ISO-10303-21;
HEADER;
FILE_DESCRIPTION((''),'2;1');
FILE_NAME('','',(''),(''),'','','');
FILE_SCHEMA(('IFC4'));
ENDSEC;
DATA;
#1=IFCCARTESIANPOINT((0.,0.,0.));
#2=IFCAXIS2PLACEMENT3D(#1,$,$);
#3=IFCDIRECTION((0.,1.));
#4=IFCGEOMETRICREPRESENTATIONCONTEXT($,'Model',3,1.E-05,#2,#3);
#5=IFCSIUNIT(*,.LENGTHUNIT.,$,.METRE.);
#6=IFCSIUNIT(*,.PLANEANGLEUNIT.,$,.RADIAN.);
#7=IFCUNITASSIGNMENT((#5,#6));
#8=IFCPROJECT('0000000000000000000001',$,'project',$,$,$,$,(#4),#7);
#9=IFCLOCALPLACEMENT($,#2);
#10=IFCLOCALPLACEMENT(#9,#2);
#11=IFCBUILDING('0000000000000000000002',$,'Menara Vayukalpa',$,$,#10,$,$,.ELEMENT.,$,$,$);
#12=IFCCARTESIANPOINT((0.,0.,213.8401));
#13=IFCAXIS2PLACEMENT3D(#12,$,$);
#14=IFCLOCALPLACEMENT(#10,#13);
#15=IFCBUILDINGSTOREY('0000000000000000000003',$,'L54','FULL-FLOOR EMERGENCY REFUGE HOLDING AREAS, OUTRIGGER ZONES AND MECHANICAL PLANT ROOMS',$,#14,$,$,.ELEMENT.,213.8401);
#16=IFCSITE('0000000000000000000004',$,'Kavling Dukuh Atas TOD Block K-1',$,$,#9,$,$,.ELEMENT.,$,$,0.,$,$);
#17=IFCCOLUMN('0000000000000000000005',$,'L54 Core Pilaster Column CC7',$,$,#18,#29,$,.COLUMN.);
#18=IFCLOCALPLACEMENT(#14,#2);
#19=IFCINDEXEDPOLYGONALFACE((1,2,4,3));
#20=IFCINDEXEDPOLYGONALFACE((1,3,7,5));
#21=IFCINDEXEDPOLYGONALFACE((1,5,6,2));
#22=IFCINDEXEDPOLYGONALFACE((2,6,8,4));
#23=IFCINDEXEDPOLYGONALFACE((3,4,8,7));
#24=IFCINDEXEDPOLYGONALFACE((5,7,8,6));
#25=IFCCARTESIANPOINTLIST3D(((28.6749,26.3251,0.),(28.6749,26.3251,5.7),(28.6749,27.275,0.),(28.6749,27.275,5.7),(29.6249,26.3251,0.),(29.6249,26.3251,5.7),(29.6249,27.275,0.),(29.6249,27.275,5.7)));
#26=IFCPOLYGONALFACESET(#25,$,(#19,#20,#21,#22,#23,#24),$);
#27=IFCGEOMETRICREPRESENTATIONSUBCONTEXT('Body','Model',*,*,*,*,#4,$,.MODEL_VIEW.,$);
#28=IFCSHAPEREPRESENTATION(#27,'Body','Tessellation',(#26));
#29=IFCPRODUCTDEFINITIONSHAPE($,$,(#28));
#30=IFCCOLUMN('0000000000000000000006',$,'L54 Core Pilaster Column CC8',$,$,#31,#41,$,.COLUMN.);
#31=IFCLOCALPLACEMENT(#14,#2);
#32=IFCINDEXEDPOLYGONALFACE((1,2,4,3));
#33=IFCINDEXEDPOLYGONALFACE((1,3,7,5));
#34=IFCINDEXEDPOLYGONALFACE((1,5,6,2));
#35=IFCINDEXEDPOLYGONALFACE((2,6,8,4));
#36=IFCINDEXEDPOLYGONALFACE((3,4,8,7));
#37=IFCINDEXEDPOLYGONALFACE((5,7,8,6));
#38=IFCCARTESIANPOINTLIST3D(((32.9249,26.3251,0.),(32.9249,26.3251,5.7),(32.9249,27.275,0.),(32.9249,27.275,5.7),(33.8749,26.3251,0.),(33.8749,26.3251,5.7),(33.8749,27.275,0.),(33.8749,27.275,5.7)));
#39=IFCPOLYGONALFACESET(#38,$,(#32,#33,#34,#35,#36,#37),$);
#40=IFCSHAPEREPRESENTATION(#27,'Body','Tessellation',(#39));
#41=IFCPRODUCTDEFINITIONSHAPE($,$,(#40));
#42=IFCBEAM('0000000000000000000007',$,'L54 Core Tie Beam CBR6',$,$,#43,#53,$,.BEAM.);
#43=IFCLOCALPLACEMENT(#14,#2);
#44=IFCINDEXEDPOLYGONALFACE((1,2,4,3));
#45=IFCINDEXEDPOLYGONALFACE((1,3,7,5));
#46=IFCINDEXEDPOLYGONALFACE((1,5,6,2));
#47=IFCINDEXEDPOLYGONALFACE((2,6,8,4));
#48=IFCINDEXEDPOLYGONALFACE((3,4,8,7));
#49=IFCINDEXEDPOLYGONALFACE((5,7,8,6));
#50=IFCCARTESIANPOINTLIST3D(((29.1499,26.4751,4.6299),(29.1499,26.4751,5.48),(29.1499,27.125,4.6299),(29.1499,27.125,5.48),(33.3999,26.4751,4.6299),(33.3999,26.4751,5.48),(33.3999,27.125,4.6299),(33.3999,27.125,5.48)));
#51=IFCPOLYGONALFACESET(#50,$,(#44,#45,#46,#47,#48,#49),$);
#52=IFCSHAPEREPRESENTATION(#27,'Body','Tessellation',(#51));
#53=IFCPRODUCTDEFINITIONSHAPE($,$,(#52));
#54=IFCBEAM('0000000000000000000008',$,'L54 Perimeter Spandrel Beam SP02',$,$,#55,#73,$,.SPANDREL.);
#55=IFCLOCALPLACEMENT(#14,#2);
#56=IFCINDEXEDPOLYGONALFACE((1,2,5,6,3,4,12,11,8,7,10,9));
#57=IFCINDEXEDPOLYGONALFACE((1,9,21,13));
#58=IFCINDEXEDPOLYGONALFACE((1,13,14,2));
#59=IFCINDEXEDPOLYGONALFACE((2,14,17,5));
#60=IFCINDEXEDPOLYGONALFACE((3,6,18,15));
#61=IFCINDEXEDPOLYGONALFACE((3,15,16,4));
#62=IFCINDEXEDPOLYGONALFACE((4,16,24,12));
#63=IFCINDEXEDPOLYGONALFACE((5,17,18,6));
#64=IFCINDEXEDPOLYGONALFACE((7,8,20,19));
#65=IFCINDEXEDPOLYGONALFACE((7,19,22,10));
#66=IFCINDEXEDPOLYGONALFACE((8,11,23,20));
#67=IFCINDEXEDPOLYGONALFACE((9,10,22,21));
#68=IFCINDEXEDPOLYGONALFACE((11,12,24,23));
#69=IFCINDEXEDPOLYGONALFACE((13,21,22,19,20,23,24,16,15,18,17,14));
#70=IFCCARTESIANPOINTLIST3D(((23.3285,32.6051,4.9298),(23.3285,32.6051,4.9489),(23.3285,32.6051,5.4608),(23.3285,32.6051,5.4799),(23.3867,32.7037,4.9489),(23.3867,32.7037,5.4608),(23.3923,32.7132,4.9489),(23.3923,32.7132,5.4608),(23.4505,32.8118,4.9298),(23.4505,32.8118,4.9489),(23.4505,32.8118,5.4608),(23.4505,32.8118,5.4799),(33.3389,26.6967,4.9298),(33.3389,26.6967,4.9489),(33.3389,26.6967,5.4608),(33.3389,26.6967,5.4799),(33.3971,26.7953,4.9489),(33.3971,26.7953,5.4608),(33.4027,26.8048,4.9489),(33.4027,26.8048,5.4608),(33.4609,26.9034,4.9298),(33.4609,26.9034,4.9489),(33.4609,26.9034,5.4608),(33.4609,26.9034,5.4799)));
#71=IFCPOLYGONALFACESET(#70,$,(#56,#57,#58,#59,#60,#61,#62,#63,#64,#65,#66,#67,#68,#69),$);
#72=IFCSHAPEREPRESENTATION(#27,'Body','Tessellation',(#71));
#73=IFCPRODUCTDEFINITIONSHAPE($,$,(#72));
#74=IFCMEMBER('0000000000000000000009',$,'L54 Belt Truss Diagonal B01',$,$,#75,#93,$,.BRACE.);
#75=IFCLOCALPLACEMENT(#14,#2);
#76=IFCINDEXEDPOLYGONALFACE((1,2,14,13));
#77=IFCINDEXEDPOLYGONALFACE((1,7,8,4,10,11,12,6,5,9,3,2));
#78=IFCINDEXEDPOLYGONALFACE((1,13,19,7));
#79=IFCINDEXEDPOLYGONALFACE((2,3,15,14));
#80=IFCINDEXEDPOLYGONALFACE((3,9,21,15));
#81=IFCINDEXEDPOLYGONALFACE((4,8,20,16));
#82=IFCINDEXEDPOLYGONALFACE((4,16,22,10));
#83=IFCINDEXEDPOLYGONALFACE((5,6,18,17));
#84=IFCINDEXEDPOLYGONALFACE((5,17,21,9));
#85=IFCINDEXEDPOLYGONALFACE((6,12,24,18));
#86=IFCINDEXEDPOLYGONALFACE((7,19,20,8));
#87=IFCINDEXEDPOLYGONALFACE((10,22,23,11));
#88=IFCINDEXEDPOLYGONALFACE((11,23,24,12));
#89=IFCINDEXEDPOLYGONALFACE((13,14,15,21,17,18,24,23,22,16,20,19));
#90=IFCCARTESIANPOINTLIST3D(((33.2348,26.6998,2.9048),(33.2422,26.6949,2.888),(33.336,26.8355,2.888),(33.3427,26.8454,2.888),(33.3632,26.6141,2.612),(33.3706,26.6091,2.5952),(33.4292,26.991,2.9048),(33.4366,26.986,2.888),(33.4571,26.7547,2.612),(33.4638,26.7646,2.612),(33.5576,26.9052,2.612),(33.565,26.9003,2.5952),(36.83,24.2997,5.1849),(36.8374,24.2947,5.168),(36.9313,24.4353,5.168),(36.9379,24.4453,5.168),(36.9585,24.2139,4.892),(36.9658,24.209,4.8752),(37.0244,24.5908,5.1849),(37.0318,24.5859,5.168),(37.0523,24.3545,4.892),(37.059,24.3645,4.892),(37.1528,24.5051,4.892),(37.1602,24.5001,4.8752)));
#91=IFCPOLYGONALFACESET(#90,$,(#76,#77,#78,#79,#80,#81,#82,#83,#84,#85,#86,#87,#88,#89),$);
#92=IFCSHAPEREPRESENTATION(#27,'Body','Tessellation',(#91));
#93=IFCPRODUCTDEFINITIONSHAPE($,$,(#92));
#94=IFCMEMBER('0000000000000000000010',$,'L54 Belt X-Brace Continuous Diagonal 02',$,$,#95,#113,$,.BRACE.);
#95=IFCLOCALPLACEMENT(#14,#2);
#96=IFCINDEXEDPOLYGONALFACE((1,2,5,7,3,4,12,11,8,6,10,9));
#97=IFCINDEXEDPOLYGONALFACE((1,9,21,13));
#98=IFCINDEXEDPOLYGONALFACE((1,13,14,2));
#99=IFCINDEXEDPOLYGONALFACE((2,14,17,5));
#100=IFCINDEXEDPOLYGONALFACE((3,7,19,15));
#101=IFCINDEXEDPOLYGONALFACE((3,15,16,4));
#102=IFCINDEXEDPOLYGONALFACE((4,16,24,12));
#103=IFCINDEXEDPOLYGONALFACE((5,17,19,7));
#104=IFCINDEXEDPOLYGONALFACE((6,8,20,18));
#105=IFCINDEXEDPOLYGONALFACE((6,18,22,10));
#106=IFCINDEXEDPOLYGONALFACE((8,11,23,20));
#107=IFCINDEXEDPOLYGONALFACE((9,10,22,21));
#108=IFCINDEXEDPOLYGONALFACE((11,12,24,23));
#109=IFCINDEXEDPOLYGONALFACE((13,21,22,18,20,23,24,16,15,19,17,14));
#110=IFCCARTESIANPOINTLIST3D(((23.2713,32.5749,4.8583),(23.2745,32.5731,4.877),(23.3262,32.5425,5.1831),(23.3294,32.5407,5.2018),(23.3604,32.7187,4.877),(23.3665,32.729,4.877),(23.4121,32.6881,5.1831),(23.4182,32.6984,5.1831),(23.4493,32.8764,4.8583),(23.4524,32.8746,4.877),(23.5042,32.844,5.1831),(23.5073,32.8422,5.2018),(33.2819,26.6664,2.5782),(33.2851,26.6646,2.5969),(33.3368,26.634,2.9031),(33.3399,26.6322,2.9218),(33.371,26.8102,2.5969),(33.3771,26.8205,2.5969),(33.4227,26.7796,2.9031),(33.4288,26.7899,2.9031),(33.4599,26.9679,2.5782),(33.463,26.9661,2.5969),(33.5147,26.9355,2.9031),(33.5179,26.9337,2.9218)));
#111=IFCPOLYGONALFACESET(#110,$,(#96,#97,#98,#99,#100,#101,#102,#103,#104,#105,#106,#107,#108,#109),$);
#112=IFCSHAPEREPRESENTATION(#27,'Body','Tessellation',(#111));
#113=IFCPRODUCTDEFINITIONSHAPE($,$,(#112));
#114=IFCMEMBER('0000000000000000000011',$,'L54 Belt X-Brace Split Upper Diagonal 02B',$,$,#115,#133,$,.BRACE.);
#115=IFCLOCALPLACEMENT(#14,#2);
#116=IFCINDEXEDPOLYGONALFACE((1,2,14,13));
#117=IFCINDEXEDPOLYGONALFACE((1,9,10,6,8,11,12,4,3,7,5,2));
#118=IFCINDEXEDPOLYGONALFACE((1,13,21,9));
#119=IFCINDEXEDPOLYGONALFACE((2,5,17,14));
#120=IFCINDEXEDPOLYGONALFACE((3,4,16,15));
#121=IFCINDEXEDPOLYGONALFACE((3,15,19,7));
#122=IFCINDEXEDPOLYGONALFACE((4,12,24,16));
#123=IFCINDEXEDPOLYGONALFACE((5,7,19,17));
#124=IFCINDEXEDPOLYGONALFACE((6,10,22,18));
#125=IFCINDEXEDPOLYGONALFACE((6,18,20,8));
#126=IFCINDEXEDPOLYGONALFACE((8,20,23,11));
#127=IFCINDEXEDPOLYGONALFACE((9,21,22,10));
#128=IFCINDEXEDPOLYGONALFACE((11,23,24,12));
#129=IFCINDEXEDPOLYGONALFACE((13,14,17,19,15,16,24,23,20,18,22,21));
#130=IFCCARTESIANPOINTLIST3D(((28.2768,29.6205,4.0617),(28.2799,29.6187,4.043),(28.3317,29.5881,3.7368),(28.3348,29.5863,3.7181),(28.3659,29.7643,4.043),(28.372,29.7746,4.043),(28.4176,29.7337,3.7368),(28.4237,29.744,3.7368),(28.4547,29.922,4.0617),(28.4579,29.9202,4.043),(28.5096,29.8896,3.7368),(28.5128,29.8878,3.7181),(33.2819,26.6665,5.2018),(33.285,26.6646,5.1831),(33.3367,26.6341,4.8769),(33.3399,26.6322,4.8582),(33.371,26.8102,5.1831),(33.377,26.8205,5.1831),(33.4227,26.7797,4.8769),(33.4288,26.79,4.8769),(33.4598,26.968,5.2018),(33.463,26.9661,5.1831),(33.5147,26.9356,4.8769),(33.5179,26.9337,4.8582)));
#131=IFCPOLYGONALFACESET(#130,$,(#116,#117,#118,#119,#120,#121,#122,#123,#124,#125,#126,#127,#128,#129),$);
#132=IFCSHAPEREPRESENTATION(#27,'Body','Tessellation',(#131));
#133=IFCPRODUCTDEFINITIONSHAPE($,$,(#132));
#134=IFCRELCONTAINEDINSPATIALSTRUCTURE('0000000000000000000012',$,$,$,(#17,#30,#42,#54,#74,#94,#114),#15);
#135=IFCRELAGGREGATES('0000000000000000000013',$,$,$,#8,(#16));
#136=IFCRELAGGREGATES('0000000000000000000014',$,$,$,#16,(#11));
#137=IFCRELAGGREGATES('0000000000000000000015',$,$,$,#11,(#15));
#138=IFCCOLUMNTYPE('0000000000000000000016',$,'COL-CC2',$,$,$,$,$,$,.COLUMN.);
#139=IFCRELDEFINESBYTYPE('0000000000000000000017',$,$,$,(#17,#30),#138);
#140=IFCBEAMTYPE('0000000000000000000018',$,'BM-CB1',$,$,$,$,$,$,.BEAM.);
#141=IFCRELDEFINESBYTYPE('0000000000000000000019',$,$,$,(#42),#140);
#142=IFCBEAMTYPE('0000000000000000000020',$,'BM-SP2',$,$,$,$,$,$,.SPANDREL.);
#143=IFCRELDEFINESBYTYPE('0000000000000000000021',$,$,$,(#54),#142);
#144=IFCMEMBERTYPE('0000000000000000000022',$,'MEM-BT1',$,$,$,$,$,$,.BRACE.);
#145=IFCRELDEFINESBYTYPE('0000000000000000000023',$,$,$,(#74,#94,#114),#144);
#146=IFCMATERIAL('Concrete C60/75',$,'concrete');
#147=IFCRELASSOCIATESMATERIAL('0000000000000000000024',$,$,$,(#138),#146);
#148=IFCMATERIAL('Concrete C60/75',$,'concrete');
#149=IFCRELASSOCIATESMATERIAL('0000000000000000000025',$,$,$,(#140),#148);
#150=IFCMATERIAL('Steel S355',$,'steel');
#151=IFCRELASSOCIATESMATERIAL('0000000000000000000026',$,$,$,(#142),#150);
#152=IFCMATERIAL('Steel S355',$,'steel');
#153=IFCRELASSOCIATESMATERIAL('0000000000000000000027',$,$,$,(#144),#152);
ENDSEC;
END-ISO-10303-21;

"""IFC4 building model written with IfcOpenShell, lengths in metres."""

from ifc_helpers import new_model, si_unit, direction, frame, origin, origin_2d, place, context, subcontext, project, spatial, rectangle, i_section, extrude, material, material_profile, profile_set, type_object, element, save


model = new_model("IFC4")

# Units and contexts
model_context = context("Model", 3, precision=1e-05, world=origin(), true_north=direction((0.0, 1.0)))
body_context = subcontext(model_context, "Body", "Model", "MODEL_VIEW")
ifc_project = project(units=[si_unit("LENGTHUNIT", "METRE"), si_unit("PLANEANGLEUNIT", "RADIAN")], contexts=[model_context])

# Site, building, storey
site_placement = place(None, origin())
site = spatial("IfcSite", under=ifc_project, at=site_placement, Name="Kavling Dukuh Atas TOD Block K-1", CompositionType="ELEMENT", RefElevation=0.0)
building_placement = place(site_placement, origin())
building = spatial("IfcBuilding", under=site, at=building_placement, Name="Menara Vayukalpa", CompositionType="ELEMENT")
storey_placement = place(building_placement, frame((0.0, 0.0, 213.8401)))
storey = spatial("IfcBuildingStorey", under=building, at=storey_placement, Name="L54", Description="FULL-FLOOR EMERGENCY REFUGE HOLDING AREAS, OUTRIGGER ZONES AND MECHANICAL PLANT ROOMS", CompositionType="ELEMENT", Elevation=213.8401)

# Columns
ifc_material_1 = material(Name="Concrete C60/75", Category="concrete")
ifc_material_profile_1 = material_profile(ifc_material_1, rectangle(XDim=0.95, YDim=0.95, at=origin_2d()), Name="RC 950x950")
ifc_profile_set_1 = profile_set([ifc_material_profile_1], Name="Concrete C60/75")
column_type = type_object("IfcColumnType", Name="COL-CC2", PredefinedType="COLUMN", material=ifc_profile_set_1)
for number, where, z_axis, x_axis, name in (
    (1, (29.1499, 26.8, 0.0), (0.0, 0.0, 1.0), (1.0, 0.0, 0.0), "L54 Core Pilaster Column CC7"),
    (2, (33.3999, 26.8, 0.0), (0.0, 0.0, 1.0), (1.0, 0.0, 0.0), "L54 Core Pilaster Column CC8"),
):
    element("IfcColumn", number, at=place(storey_placement, frame(where, z_axis=z_axis, x_axis=x_axis)), inside=storey, type_object=column_type, Name=name, PredefinedType="COLUMN", context=body_context, shape_type="SweptSolid", body=[
        extrude(rectangle(XDim=0.95, YDim=0.95, at=origin_2d()), origin(), (0.0, 0.0, 1.0), 5.7),
    ])

# Beams
ifc_material_2 = material(Name="Concrete C60/75", Category="concrete")
ifc_material_profile_2 = material_profile(ifc_material_2, rectangle(XDim=0.6499, YDim=0.8501, at=origin_2d()), Name="RC 650x850")
ifc_profile_set_2 = profile_set([ifc_material_profile_2], Name="Concrete C60/75")
beam_type_1 = type_object("IfcBeamType", Name="BM-CB1", PredefinedType="BEAM", material=ifc_profile_set_2)
beam_1_placement = place(storey_placement, frame((29.1499, 26.8, 5.0549), z_axis=(1.0, 0.0, 0.0), x_axis=(0.0, 1.0, 0.0)))
element("IfcBeam", 3, at=beam_1_placement, inside=storey, type_object=beam_type_1, Name="L54 Core Tie Beam CBR6", PredefinedType="BEAM", context=body_context, shape_type="SweptSolid", body=[
    extrude(rectangle(XDim=0.6499, YDim=0.8501, at=origin_2d()), origin(), (0.0, 0.0, 1.0), 4.25),
])
ifc_material_3 = material(Name="Steel S355", Category="steel")
ifc_material_profile_3 = material_profile(ifc_material_3, i_section(OverallWidth=0.24, OverallDepth=0.55, WebThickness=0.011, FlangeThickness=0.019, at=origin_2d()), Name="WF 550x240x11x19")
ifc_profile_set_3 = profile_set([ifc_material_profile_3], Name="Steel S355")
beam_type_2 = type_object("IfcBeamType", Name="BM-SP2", PredefinedType="SPANDREL", material=ifc_profile_set_3)
beam_2_placement = place(storey_placement, frame((33.3999, 26.8, 5.2048), z_axis=(-0.861184, 0.508293, 0.0), x_axis=(-0.508293, -0.861184, 0.0)))
element("IfcBeam", 4, at=beam_2_placement, inside=storey, type_object=beam_type_2, Name="L54 Perimeter Spandrel Beam SP02", PredefinedType="SPANDREL", context=body_context, shape_type="SweptSolid", body=[
    extrude(i_section(OverallWidth=0.24, OverallDepth=0.55, WebThickness=0.011, FlangeThickness=0.019, at=origin_2d()), origin(), (0.0, 0.0, 1.0), 11.624),
])

# Members
ifc_material_4 = material(Name="Steel S355", Category="steel")
ifc_material_profile_4 = material_profile(ifc_material_4, i_section(OverallWidth=0.3501, OverallDepth=0.3501, WebThickness=0.012, FlangeThickness=0.019, at=origin_2d()), Name="H 350x350x12x19")
ifc_profile_set_4 = profile_set([ifc_material_profile_4], Name="Steel S355")
member_type_1 = type_object("IfcMemberType", Name="MEM-BT1", PredefinedType="BRACE", material=ifc_profile_set_4)
member_1_placement = place(storey_placement, frame((33.3999, 26.8, 2.75), z_axis=(0.735638, -0.491108, 0.46653), x_axis=(0.555234, 0.831694, 0.0)))
element("IfcMember", 5, at=member_1_placement, inside=storey, type_object=member_type_1, Name="L54 Belt Truss Diagonal B01", PredefinedType="BRACE", context=body_context, shape_type="SweptSolid", body=[
    extrude(i_section(OverallWidth=0.3501, OverallDepth=0.3501, WebThickness=0.012, FlangeThickness=0.019, at=origin_2d()), origin(), (0.0, 0.0, 1.0), 4.8872),
])
member_2_placement = place(storey_placement, frame((33.3999, 26.8, 2.75), z_axis=(-0.845081, 0.498788, 0.192479), x_axis=(-0.508293, -0.861184, 0.0)))
element("IfcMember", 6, at=member_2_placement, inside=storey, type_object=member_type_1, Name="L54 Belt X-Brace Continuous Diagonal 02", PredefinedType="BRACE", context=body_context, shape_type="SweptSolid", body=[
    extrude(i_section(OverallWidth=0.3501, OverallDepth=0.3501, WebThickness=0.012, FlangeThickness=0.019, at=origin_2d()), origin(), (0.0, 0.0, 1.0), 11.8457),
])
member_3_placement = place(storey_placement, frame((28.3948, 29.7542, 3.8899), z_axis=(0.845081, -0.498779, 0.192504), x_axis=(0.508286, 0.861188, 0.0)))
element("IfcMember", 7, at=member_3_placement, inside=storey, type_object=member_type_1, Name="L54 Belt X-Brace Split Upper Diagonal 02B", PredefinedType="BRACE", context=body_context, shape_type="SweptSolid", body=[
    extrude(i_section(OverallWidth=0.3501, OverallDepth=0.3501, WebThickness=0.012, FlangeThickness=0.019, at=origin_2d()), origin(), (0.0, 0.0, 1.0), 5.9226),
])

save(model, "model.ifc")
